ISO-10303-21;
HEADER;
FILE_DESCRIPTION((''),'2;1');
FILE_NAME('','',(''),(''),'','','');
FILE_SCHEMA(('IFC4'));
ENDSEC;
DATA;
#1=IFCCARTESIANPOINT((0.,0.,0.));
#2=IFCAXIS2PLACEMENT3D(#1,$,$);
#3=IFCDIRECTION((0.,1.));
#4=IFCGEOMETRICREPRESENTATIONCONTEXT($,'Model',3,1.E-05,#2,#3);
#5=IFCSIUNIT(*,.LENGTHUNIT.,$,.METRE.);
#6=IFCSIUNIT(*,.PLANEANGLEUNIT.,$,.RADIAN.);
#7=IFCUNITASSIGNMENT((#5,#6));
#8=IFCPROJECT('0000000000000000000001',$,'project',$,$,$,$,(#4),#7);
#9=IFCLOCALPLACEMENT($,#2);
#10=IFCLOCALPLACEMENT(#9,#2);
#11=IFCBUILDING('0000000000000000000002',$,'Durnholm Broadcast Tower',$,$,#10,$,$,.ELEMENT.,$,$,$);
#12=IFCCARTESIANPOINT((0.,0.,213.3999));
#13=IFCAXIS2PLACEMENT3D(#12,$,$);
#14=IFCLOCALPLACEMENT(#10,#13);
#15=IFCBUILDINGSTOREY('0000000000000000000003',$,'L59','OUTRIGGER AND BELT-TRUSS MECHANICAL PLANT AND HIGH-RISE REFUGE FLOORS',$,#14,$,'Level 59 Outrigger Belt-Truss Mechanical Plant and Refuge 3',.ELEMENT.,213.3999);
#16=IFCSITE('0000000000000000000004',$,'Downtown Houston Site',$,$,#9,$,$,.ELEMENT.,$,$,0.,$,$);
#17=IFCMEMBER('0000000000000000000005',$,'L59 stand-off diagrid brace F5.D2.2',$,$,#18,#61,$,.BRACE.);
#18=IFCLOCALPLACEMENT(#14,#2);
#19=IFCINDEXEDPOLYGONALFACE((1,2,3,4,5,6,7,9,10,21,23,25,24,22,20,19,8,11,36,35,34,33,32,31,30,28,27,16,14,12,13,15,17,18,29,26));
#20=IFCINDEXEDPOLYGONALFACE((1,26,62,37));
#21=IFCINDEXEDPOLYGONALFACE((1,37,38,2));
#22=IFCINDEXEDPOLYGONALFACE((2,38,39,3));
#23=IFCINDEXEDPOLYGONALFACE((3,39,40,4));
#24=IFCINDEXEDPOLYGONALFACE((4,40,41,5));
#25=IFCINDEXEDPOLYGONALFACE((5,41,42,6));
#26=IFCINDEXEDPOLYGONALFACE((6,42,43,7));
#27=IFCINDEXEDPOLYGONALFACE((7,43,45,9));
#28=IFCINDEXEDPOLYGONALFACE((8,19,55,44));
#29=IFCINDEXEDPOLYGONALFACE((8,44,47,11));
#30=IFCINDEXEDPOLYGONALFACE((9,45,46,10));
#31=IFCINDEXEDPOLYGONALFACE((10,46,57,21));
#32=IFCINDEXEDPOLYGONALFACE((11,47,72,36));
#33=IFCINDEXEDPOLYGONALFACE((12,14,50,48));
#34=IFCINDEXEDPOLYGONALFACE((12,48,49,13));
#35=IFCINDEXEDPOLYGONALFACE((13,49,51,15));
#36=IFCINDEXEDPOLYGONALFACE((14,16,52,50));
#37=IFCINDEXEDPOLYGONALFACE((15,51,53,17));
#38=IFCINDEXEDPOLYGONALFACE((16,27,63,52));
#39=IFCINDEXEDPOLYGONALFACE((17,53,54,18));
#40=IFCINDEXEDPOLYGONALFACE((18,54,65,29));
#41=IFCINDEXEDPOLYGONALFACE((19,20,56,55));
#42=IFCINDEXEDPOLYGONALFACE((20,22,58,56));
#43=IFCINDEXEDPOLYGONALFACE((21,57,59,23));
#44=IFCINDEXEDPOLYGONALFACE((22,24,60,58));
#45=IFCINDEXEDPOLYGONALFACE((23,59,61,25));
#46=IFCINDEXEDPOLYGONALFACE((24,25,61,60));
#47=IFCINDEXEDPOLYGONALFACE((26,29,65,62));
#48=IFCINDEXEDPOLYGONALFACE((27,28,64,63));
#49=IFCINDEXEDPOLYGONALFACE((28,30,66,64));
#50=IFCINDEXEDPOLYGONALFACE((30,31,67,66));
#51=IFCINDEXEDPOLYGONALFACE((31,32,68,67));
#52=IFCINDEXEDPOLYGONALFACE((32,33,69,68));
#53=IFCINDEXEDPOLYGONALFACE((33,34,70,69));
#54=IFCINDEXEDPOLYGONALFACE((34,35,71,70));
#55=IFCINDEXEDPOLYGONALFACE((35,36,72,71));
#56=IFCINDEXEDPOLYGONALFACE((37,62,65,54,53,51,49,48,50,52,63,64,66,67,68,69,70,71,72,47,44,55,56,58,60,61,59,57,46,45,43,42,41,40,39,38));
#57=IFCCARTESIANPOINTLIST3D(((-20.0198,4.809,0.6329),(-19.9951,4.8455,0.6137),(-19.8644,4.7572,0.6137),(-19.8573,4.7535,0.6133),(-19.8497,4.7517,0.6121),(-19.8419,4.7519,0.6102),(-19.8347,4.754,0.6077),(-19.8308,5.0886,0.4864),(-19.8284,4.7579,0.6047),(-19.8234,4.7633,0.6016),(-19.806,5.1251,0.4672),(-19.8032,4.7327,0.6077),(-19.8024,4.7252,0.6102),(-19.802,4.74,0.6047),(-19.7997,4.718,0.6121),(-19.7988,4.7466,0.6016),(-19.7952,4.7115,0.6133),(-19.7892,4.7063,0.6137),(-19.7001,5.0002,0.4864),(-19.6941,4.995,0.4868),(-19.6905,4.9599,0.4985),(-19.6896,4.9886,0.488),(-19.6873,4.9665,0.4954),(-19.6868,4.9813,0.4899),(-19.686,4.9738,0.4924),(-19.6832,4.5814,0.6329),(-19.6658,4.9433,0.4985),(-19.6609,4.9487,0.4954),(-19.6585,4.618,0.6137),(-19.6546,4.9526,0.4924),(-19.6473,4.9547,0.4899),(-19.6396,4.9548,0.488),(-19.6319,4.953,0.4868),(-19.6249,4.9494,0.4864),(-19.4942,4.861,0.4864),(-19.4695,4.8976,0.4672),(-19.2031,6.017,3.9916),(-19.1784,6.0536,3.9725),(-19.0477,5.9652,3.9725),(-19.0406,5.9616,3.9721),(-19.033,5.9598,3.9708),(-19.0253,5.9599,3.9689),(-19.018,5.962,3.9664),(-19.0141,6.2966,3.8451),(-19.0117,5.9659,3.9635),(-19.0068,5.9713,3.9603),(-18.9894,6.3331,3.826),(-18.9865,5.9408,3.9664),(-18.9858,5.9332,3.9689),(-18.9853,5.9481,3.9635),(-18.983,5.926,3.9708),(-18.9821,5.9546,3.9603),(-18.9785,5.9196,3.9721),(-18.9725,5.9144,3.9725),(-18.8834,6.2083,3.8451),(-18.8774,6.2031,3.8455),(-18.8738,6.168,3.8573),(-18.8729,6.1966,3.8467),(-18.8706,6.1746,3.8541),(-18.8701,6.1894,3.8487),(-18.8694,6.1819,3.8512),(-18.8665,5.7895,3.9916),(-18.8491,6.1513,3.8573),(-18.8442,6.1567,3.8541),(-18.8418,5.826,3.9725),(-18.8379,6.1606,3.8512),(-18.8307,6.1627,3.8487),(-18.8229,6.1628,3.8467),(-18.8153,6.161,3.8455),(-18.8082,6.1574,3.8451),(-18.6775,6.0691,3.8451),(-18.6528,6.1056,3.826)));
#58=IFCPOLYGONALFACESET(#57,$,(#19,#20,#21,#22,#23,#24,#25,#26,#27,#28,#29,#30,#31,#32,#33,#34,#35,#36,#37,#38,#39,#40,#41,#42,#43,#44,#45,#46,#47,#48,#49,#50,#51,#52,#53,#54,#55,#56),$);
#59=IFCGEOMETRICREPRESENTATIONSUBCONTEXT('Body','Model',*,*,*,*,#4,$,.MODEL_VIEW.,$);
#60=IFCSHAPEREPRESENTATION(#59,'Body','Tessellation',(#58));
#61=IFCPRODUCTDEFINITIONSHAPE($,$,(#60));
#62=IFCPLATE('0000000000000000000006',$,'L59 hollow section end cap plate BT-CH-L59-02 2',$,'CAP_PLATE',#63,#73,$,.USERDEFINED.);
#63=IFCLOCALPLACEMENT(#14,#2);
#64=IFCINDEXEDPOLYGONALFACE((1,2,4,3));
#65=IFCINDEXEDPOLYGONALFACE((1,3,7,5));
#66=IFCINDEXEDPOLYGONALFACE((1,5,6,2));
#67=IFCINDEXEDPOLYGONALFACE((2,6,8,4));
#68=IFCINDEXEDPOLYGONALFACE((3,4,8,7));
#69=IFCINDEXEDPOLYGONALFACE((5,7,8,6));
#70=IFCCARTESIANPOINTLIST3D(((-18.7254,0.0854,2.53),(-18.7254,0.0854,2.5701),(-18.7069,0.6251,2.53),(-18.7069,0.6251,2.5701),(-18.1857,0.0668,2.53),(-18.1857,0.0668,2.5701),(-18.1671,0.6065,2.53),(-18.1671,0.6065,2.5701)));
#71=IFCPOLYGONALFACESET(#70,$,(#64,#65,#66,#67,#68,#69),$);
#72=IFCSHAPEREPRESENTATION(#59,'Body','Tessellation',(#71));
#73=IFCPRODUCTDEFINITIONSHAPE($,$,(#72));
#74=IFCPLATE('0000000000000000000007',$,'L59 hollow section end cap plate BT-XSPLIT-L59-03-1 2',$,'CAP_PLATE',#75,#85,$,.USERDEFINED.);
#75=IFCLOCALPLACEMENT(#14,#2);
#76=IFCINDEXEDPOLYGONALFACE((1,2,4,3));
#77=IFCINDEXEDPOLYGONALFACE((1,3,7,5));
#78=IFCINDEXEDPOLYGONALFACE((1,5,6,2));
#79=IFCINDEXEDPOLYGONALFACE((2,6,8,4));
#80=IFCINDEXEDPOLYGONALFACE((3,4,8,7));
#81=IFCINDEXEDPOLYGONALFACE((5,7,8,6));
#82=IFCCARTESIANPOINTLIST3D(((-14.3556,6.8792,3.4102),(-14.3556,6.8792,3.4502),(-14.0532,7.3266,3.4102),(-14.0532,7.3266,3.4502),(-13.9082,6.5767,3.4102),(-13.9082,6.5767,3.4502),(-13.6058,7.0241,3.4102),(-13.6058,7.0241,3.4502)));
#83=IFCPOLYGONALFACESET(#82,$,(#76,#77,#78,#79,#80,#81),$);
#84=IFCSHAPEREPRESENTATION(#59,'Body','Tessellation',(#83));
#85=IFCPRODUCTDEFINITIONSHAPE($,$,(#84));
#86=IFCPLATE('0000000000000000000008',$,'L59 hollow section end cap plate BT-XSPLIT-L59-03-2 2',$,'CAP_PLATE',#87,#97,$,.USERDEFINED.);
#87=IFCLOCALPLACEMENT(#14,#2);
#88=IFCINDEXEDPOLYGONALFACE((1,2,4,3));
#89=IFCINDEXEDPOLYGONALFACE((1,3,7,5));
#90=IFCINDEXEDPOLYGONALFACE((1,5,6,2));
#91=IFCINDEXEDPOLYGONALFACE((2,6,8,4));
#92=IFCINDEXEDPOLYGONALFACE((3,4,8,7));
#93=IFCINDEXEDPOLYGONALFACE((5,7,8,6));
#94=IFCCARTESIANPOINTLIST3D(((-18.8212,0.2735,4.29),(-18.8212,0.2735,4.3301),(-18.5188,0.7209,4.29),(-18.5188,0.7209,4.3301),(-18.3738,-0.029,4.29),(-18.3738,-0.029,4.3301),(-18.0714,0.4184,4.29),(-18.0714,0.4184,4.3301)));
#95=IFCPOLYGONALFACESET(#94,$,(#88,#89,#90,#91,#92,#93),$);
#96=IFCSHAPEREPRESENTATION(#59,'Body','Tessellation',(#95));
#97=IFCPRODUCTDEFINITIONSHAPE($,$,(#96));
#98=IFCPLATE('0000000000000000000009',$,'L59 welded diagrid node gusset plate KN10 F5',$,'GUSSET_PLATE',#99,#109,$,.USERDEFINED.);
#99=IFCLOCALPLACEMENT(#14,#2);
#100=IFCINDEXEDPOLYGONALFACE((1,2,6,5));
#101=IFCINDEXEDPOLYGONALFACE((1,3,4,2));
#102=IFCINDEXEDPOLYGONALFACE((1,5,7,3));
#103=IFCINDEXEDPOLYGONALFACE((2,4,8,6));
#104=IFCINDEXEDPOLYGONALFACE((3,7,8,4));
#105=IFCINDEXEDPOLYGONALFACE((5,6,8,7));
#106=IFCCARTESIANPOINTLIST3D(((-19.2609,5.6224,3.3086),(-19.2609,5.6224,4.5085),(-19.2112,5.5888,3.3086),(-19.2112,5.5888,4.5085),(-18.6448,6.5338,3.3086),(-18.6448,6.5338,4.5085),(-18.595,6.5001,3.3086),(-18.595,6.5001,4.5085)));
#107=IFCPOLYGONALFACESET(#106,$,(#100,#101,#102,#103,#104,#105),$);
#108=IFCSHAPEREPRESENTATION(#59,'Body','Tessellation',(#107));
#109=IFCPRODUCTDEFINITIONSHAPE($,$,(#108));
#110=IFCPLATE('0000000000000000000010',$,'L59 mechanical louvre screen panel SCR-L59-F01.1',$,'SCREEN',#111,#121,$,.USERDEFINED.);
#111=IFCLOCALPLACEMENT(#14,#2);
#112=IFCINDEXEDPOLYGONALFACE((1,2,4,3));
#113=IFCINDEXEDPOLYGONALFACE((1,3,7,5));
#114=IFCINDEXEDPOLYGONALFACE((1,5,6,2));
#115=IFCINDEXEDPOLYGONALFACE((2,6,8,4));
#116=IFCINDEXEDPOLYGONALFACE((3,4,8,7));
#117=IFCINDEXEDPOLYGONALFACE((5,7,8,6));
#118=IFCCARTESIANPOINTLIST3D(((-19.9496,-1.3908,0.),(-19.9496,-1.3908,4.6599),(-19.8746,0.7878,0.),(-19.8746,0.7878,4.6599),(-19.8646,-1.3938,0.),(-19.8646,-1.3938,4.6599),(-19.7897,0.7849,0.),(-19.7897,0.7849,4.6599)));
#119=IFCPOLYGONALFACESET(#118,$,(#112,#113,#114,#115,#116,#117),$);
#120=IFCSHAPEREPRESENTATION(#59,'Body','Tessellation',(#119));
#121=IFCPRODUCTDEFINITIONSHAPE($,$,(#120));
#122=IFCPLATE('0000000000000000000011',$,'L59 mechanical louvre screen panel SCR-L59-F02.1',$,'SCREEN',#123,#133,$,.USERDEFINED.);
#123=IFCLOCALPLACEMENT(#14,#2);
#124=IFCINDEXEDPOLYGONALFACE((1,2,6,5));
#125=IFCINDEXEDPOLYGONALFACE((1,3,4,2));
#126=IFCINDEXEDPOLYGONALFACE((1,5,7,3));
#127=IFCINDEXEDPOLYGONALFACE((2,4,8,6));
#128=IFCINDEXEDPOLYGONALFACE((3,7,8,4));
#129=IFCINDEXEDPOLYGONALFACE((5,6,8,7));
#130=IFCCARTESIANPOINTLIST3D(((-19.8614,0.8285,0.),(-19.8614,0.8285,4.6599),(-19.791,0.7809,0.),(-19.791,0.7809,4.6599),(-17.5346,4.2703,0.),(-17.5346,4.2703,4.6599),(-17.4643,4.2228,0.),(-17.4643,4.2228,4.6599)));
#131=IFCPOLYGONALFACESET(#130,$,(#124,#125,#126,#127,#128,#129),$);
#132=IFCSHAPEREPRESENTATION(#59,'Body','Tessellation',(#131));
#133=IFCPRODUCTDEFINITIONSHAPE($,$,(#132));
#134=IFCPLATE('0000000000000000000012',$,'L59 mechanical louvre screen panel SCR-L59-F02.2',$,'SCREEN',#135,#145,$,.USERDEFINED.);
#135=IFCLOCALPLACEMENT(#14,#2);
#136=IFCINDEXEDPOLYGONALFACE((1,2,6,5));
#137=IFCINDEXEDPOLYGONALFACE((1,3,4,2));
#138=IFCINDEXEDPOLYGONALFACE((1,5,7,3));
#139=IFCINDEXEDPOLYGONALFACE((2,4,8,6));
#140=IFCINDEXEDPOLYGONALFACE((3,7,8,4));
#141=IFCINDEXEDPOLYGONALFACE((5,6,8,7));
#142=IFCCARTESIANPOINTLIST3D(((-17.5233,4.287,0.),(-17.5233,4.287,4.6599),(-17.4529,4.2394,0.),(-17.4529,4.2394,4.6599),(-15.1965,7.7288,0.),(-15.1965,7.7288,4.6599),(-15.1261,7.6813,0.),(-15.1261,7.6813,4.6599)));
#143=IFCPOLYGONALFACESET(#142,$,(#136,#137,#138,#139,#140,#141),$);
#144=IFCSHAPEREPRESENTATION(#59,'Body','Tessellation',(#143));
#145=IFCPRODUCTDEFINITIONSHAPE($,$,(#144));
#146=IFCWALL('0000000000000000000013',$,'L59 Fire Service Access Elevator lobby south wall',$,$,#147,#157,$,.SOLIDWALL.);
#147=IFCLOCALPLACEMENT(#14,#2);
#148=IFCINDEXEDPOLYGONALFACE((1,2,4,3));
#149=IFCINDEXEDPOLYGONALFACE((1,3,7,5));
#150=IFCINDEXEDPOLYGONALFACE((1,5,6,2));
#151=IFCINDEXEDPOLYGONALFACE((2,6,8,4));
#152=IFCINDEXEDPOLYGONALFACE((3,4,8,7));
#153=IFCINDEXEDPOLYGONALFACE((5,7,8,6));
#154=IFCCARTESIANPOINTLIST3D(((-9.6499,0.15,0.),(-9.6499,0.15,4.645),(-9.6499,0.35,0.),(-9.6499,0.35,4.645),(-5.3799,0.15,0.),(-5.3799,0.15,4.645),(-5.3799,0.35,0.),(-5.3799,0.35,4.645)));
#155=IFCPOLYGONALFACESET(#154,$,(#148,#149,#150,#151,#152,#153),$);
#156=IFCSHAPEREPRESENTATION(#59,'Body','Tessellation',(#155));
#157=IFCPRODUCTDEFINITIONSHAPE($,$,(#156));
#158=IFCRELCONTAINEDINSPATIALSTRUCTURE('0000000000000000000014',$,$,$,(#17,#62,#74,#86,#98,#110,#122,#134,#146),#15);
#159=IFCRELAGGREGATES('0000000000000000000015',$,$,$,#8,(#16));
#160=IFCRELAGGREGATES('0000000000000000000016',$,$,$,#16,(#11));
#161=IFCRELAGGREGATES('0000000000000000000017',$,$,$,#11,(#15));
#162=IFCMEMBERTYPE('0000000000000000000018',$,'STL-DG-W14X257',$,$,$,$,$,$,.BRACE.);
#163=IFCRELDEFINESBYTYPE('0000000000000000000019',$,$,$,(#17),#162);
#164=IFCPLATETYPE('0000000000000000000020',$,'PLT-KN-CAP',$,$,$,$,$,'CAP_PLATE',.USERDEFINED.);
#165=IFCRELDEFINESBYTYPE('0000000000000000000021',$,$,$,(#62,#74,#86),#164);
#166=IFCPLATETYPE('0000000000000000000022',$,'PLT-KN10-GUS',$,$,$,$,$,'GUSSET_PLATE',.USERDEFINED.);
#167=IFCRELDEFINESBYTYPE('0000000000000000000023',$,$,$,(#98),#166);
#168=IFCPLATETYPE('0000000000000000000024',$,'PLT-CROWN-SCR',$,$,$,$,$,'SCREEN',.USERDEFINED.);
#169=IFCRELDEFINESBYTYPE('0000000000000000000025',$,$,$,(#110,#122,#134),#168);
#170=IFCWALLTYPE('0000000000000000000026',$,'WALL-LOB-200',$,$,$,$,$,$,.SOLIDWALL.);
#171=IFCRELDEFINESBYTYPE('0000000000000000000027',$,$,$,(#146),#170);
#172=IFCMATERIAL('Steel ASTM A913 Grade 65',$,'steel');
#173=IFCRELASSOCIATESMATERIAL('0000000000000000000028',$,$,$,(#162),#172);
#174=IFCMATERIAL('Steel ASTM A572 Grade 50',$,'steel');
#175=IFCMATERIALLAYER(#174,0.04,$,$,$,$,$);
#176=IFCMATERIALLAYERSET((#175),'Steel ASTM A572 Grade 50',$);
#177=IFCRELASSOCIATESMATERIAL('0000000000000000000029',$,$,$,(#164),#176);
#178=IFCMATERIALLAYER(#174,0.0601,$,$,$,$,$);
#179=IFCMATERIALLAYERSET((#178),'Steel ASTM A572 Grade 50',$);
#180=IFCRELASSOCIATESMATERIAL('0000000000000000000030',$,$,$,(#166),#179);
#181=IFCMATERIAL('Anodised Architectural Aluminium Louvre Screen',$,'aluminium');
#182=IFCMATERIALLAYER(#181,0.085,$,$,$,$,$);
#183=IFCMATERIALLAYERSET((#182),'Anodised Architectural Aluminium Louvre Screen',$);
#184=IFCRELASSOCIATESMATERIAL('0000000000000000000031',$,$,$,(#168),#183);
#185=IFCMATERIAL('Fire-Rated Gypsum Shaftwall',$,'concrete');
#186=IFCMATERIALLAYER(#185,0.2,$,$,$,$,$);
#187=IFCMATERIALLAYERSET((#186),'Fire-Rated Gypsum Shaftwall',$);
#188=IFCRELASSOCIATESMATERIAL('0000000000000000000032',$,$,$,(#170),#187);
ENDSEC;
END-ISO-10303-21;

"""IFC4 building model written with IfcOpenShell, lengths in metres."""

from ifc_helpers import new_model, si_unit, direction, frame, frame_2d, origin, origin_2d, place, context, subcontext, project, spatial, rectangle, i_section, extrude, source, transform, mapped, material, layer, layer_set, material_profile, profile_set, type_object, type_shapes, element, save


model = new_model("IFC4")

# Units and contexts
model_context = context("Model", 3, precision=1e-05, world=origin(), true_north=direction((0.0, 1.0)))
body_context = subcontext(model_context, "Body", "Model", "MODEL_VIEW")
ifc_project = project(units=[si_unit("LENGTHUNIT", "METRE"), si_unit("PLANEANGLEUNIT", "RADIAN")], contexts=[model_context])

# Site, building, storey
site_placement = place(None, origin())
site = spatial("IfcSite", under=ifc_project, at=site_placement, Name="Downtown Houston Site", CompositionType="ELEMENT", RefElevation=0.0)
building_placement = place(site_placement, origin())
building = spatial("IfcBuilding", under=site, at=building_placement, Name="Durnholm Broadcast Tower", CompositionType="ELEMENT")
storey_placement = place(building_placement, frame((0.0, 0.0, 213.3999)))
storey = spatial("IfcBuildingStorey", under=building, at=storey_placement, Name="L59", Description="OUTRIGGER AND BELT-TRUSS MECHANICAL PLANT AND HIGH-RISE REFUGE FLOORS", LongName="Level 59 Outrigger Belt-Truss Mechanical Plant and Refuge 3", CompositionType="ELEMENT", Elevation=213.3999)

# Member
ifc_material_1 = material(Name="Steel ASTM A913 Grade 65", Category="steel")
ifc_material_profile_1 = material_profile(ifc_material_1, i_section(OverallWidth=0.4062, OverallDepth=0.416, WebThickness=0.0298, FlangeThickness=0.0481, FilletRadius=0.0305, at=origin_2d()), Name="W14X257")
ifc_profile_set_1 = profile_set([ifc_material_profile_1], Name="Steel ASTM A913 Grade 65")
member_type_1 = type_object("IfcMemberType", Name="STL-DG-W14X257", PredefinedType="BRACE", material=ifc_profile_set_1)
shared_shape_1 = source(origin(), body_context, "Body", "SweptSolid", [
    extrude(i_section(OverallWidth=0.4062, OverallDepth=0.416, WebThickness=0.0298, FlangeThickness=0.0481, FilletRadius=0.0305, at=origin_2d()), origin(), (0.0, 0.0, 1.0), 3.6616),
])
type_shapes(member_type_1, [shared_shape_1])
member_1_placement = place(storey_placement, frame((-19.7446, 4.8533, 0.55), z_axis=(0.223036, 0.32992, 0.917283), x_axis=(-0.828452, 0.560059, 0.0)))
element("IfcMember", 1, at=member_1_placement, inside=storey, type_object=member_type_1, Name="L59 stand-off diagrid brace F5.D2.2", PredefinedType="BRACE", context=body_context, shape_type="MappedRepresentation", body=[
    mapped(shared_shape_1, transform((0.0, 0.0, 0.0), x_axis=(1.0, 0.0, 0.0), y_axis=(0.0, 1.0, 0.0), z_axis=(0.0, 0.0, 1.0), scale=1.0)),
])

# Plates
ifc_material_2 = material(Name="Steel ASTM A572 Grade 50", Category="steel")
ifc_layer_1 = layer(ifc_material_2, 0.04)
ifc_layer_set_1 = layer_set([ifc_layer_1], Name="Steel ASTM A572 Grade 50")
plate_type_1 = type_object("IfcPlateType", Name="PLT-KN-CAP", ElementType="CAP_PLATE", PredefinedType="USERDEFINED", material=ifc_layer_set_1)
shared_shape_2 = source(origin(), body_context, "Body", "SweptSolid", [
    extrude(rectangle(XDim=0.54, YDim=0.54, at=origin_2d()), origin(), (0.0, 0.0, 1.0), 0.04),
])
type_shapes(plate_type_1, [shared_shape_2])
for number, where, z_axis, x_axis, name in (
    (2, (-18.4463, 0.3459, 2.53), (0.0, 0.0, 1.0), (0.034376, 0.999409, 0.0), "L59 hollow section end cap plate BT-CH-L59-02 2"),
    (3, (-13.9807, 6.9517, 3.4102), (0.0, 0.0, 1.0), (-0.560061, -0.828452, 0.0), "L59 hollow section end cap plate BT-XSPLIT-L59-03-1 2"),
    (4, (-18.4463, 0.3459, 4.29), (0.0, 0.0, 1.0), (-0.560061, -0.828452, 0.0), "L59 hollow section end cap plate BT-XSPLIT-L59-03-2 2"),
):
    element("IfcPlate", number, at=place(storey_placement, frame(where, z_axis=z_axis, x_axis=x_axis)), inside=storey, type_object=plate_type_1, Name=name, ObjectType="CAP_PLATE", PredefinedType="USERDEFINED", context=body_context, shape_type="MappedRepresentation", body=[
        mapped(shared_shape_2, transform((0.0, 0.0, 0.0), x_axis=(1.0, 0.0, 0.0), y_axis=(0.0, 1.0, 0.0), z_axis=(0.0, 0.0, 1.0), scale=1.0)),
    ])
ifc_layer_2 = layer(ifc_material_2, 0.0601)
ifc_layer_set_2 = layer_set([ifc_layer_2], Name="Steel ASTM A572 Grade 50")
plate_type_2 = type_object("IfcPlateType", Name="PLT-KN10-GUS", ElementType="GUSSET_PLATE", PredefinedType="USERDEFINED", material=ifc_layer_set_2)
shared_shape_3 = source(origin(), body_context, "Body", "SweptSolid", [
    extrude(rectangle(XDim=1.1001, YDim=0.0601, at=origin_2d()), origin(), (0.0, 0.0, 1.0), 1.2),
])
type_shapes(plate_type_2, [shared_shape_3])
plate_1_placement = place(storey_placement, frame((-18.928, 6.0613, 3.3086), z_axis=(0.0, 0.0, 1.0), x_axis=(-0.560061, -0.828452, 0.0)))
element("IfcPlate", 5, at=plate_1_placement, inside=storey, type_object=plate_type_2, Name="L59 welded diagrid node gusset plate KN10 F5", ObjectType="GUSSET_PLATE", PredefinedType="USERDEFINED", context=body_context, shape_type="MappedRepresentation", body=[
    mapped(shared_shape_3, transform((0.0, 0.0, 0.0), x_axis=(1.0, 0.0, 0.0), y_axis=(0.0, 1.0, 0.0), z_axis=(0.0, 0.0, 1.0), scale=1.0)),
])
ifc_material_3 = material(Name="Anodised Architectural Aluminium Louvre Screen", Category="aluminium")
ifc_layer_3 = layer(ifc_material_3, 0.085)
ifc_layer_set_3 = layer_set([ifc_layer_3], Name="Anodised Architectural Aluminium Louvre Screen")
plate_type_3 = type_object("IfcPlateType", Name="PLT-CROWN-SCR", ElementType="SCREEN", PredefinedType="USERDEFINED", material=ifc_layer_set_3)
shared_shape_4 = source(origin(), body_context, "Body", "SweptSolid", [
    extrude(rectangle(XDim=2.1799, YDim=0.085, at=origin_2d()), origin(), (0.0, 0.0, 1.0), 4.6599),
])
plate_2_placement = place(storey_placement, frame((-19.8696, -0.303, 0.0), z_axis=(0.0, 0.0, 1.0), x_axis=(0.034376, 0.999409, 0.0)))
element("IfcPlate", 6, at=plate_2_placement, inside=storey, type_object=plate_type_3, Name="L59 mechanical louvre screen panel SCR-L59-F01.1", ObjectType="SCREEN", PredefinedType="USERDEFINED", context=body_context, shape_type="MappedRepresentation", body=[
    mapped(shared_shape_4, transform((0.0, 0.0, 0.0), x_axis=(1.0, 0.0, 0.0), y_axis=(0.0, 1.0, 0.0), z_axis=(0.0, 0.0, 1.0), scale=1.0)),
])
shared_shape_5 = source(origin(), body_context, "Body", "SweptSolid", [
    extrude(rectangle(XDim=4.1545, YDim=0.085, at=origin_2d()), origin(), (0.0, 0.0, 1.0), 4.6599),
])
type_shapes(plate_type_3, [shared_shape_4, shared_shape_5])
for number, where, z_axis, x_axis, name in (
    (7, (-18.6628, 2.5256, 0.0), (0.0, 0.0, 1.0), (0.560061, 0.828452, 0.0), "L59 mechanical louvre screen panel SCR-L59-F02.1"),
    (8, (-16.3247, 5.9841, 0.0), (0.0, 0.0, 1.0), (0.560061, 0.828452, 0.0), "L59 mechanical louvre screen panel SCR-L59-F02.2"),
):
    element("IfcPlate", number, at=place(storey_placement, frame(where, z_axis=z_axis, x_axis=x_axis)), inside=storey, type_object=plate_type_3, Name=name, ObjectType="SCREEN", PredefinedType="USERDEFINED", context=body_context, shape_type="MappedRepresentation", body=[
        mapped(shared_shape_5, transform((0.0, 0.0, 0.0), x_axis=(1.0, 0.0, 0.0), y_axis=(0.0, 1.0, 0.0), z_axis=(0.0, 0.0, 1.0), scale=1.0)),
    ])

# Wall
ifc_material_4 = material(Name="Fire-Rated Gypsum Shaftwall", Category="concrete")
ifc_layer_4 = layer(ifc_material_4, 0.2)
ifc_layer_set_4 = layer_set([ifc_layer_4], Name="Fire-Rated Gypsum Shaftwall")
wall_type_1 = type_object("IfcWallType", Name="WALL-LOB-200", PredefinedType="SOLIDWALL", material=ifc_layer_set_4)
wall_1_placement = place(storey_placement, frame((-9.6499, 0.25, 0.0), z_axis=(0.0, 0.0, 1.0), x_axis=(1.0, 0.0, 0.0)))
element("IfcWall", 9, at=wall_1_placement, inside=storey, type_object=wall_type_1, Name="L59 Fire Service Access Elevator lobby south wall", PredefinedType="SOLIDWALL", context=body_context, shape_type="SweptSolid", body=[
    extrude(rectangle(XDim=4.27, YDim=0.2, at=frame_2d((2.135, 0.0))), origin(), (0.0, 0.0, 1.0), 4.645),
])

save(model, "model.ifc")
